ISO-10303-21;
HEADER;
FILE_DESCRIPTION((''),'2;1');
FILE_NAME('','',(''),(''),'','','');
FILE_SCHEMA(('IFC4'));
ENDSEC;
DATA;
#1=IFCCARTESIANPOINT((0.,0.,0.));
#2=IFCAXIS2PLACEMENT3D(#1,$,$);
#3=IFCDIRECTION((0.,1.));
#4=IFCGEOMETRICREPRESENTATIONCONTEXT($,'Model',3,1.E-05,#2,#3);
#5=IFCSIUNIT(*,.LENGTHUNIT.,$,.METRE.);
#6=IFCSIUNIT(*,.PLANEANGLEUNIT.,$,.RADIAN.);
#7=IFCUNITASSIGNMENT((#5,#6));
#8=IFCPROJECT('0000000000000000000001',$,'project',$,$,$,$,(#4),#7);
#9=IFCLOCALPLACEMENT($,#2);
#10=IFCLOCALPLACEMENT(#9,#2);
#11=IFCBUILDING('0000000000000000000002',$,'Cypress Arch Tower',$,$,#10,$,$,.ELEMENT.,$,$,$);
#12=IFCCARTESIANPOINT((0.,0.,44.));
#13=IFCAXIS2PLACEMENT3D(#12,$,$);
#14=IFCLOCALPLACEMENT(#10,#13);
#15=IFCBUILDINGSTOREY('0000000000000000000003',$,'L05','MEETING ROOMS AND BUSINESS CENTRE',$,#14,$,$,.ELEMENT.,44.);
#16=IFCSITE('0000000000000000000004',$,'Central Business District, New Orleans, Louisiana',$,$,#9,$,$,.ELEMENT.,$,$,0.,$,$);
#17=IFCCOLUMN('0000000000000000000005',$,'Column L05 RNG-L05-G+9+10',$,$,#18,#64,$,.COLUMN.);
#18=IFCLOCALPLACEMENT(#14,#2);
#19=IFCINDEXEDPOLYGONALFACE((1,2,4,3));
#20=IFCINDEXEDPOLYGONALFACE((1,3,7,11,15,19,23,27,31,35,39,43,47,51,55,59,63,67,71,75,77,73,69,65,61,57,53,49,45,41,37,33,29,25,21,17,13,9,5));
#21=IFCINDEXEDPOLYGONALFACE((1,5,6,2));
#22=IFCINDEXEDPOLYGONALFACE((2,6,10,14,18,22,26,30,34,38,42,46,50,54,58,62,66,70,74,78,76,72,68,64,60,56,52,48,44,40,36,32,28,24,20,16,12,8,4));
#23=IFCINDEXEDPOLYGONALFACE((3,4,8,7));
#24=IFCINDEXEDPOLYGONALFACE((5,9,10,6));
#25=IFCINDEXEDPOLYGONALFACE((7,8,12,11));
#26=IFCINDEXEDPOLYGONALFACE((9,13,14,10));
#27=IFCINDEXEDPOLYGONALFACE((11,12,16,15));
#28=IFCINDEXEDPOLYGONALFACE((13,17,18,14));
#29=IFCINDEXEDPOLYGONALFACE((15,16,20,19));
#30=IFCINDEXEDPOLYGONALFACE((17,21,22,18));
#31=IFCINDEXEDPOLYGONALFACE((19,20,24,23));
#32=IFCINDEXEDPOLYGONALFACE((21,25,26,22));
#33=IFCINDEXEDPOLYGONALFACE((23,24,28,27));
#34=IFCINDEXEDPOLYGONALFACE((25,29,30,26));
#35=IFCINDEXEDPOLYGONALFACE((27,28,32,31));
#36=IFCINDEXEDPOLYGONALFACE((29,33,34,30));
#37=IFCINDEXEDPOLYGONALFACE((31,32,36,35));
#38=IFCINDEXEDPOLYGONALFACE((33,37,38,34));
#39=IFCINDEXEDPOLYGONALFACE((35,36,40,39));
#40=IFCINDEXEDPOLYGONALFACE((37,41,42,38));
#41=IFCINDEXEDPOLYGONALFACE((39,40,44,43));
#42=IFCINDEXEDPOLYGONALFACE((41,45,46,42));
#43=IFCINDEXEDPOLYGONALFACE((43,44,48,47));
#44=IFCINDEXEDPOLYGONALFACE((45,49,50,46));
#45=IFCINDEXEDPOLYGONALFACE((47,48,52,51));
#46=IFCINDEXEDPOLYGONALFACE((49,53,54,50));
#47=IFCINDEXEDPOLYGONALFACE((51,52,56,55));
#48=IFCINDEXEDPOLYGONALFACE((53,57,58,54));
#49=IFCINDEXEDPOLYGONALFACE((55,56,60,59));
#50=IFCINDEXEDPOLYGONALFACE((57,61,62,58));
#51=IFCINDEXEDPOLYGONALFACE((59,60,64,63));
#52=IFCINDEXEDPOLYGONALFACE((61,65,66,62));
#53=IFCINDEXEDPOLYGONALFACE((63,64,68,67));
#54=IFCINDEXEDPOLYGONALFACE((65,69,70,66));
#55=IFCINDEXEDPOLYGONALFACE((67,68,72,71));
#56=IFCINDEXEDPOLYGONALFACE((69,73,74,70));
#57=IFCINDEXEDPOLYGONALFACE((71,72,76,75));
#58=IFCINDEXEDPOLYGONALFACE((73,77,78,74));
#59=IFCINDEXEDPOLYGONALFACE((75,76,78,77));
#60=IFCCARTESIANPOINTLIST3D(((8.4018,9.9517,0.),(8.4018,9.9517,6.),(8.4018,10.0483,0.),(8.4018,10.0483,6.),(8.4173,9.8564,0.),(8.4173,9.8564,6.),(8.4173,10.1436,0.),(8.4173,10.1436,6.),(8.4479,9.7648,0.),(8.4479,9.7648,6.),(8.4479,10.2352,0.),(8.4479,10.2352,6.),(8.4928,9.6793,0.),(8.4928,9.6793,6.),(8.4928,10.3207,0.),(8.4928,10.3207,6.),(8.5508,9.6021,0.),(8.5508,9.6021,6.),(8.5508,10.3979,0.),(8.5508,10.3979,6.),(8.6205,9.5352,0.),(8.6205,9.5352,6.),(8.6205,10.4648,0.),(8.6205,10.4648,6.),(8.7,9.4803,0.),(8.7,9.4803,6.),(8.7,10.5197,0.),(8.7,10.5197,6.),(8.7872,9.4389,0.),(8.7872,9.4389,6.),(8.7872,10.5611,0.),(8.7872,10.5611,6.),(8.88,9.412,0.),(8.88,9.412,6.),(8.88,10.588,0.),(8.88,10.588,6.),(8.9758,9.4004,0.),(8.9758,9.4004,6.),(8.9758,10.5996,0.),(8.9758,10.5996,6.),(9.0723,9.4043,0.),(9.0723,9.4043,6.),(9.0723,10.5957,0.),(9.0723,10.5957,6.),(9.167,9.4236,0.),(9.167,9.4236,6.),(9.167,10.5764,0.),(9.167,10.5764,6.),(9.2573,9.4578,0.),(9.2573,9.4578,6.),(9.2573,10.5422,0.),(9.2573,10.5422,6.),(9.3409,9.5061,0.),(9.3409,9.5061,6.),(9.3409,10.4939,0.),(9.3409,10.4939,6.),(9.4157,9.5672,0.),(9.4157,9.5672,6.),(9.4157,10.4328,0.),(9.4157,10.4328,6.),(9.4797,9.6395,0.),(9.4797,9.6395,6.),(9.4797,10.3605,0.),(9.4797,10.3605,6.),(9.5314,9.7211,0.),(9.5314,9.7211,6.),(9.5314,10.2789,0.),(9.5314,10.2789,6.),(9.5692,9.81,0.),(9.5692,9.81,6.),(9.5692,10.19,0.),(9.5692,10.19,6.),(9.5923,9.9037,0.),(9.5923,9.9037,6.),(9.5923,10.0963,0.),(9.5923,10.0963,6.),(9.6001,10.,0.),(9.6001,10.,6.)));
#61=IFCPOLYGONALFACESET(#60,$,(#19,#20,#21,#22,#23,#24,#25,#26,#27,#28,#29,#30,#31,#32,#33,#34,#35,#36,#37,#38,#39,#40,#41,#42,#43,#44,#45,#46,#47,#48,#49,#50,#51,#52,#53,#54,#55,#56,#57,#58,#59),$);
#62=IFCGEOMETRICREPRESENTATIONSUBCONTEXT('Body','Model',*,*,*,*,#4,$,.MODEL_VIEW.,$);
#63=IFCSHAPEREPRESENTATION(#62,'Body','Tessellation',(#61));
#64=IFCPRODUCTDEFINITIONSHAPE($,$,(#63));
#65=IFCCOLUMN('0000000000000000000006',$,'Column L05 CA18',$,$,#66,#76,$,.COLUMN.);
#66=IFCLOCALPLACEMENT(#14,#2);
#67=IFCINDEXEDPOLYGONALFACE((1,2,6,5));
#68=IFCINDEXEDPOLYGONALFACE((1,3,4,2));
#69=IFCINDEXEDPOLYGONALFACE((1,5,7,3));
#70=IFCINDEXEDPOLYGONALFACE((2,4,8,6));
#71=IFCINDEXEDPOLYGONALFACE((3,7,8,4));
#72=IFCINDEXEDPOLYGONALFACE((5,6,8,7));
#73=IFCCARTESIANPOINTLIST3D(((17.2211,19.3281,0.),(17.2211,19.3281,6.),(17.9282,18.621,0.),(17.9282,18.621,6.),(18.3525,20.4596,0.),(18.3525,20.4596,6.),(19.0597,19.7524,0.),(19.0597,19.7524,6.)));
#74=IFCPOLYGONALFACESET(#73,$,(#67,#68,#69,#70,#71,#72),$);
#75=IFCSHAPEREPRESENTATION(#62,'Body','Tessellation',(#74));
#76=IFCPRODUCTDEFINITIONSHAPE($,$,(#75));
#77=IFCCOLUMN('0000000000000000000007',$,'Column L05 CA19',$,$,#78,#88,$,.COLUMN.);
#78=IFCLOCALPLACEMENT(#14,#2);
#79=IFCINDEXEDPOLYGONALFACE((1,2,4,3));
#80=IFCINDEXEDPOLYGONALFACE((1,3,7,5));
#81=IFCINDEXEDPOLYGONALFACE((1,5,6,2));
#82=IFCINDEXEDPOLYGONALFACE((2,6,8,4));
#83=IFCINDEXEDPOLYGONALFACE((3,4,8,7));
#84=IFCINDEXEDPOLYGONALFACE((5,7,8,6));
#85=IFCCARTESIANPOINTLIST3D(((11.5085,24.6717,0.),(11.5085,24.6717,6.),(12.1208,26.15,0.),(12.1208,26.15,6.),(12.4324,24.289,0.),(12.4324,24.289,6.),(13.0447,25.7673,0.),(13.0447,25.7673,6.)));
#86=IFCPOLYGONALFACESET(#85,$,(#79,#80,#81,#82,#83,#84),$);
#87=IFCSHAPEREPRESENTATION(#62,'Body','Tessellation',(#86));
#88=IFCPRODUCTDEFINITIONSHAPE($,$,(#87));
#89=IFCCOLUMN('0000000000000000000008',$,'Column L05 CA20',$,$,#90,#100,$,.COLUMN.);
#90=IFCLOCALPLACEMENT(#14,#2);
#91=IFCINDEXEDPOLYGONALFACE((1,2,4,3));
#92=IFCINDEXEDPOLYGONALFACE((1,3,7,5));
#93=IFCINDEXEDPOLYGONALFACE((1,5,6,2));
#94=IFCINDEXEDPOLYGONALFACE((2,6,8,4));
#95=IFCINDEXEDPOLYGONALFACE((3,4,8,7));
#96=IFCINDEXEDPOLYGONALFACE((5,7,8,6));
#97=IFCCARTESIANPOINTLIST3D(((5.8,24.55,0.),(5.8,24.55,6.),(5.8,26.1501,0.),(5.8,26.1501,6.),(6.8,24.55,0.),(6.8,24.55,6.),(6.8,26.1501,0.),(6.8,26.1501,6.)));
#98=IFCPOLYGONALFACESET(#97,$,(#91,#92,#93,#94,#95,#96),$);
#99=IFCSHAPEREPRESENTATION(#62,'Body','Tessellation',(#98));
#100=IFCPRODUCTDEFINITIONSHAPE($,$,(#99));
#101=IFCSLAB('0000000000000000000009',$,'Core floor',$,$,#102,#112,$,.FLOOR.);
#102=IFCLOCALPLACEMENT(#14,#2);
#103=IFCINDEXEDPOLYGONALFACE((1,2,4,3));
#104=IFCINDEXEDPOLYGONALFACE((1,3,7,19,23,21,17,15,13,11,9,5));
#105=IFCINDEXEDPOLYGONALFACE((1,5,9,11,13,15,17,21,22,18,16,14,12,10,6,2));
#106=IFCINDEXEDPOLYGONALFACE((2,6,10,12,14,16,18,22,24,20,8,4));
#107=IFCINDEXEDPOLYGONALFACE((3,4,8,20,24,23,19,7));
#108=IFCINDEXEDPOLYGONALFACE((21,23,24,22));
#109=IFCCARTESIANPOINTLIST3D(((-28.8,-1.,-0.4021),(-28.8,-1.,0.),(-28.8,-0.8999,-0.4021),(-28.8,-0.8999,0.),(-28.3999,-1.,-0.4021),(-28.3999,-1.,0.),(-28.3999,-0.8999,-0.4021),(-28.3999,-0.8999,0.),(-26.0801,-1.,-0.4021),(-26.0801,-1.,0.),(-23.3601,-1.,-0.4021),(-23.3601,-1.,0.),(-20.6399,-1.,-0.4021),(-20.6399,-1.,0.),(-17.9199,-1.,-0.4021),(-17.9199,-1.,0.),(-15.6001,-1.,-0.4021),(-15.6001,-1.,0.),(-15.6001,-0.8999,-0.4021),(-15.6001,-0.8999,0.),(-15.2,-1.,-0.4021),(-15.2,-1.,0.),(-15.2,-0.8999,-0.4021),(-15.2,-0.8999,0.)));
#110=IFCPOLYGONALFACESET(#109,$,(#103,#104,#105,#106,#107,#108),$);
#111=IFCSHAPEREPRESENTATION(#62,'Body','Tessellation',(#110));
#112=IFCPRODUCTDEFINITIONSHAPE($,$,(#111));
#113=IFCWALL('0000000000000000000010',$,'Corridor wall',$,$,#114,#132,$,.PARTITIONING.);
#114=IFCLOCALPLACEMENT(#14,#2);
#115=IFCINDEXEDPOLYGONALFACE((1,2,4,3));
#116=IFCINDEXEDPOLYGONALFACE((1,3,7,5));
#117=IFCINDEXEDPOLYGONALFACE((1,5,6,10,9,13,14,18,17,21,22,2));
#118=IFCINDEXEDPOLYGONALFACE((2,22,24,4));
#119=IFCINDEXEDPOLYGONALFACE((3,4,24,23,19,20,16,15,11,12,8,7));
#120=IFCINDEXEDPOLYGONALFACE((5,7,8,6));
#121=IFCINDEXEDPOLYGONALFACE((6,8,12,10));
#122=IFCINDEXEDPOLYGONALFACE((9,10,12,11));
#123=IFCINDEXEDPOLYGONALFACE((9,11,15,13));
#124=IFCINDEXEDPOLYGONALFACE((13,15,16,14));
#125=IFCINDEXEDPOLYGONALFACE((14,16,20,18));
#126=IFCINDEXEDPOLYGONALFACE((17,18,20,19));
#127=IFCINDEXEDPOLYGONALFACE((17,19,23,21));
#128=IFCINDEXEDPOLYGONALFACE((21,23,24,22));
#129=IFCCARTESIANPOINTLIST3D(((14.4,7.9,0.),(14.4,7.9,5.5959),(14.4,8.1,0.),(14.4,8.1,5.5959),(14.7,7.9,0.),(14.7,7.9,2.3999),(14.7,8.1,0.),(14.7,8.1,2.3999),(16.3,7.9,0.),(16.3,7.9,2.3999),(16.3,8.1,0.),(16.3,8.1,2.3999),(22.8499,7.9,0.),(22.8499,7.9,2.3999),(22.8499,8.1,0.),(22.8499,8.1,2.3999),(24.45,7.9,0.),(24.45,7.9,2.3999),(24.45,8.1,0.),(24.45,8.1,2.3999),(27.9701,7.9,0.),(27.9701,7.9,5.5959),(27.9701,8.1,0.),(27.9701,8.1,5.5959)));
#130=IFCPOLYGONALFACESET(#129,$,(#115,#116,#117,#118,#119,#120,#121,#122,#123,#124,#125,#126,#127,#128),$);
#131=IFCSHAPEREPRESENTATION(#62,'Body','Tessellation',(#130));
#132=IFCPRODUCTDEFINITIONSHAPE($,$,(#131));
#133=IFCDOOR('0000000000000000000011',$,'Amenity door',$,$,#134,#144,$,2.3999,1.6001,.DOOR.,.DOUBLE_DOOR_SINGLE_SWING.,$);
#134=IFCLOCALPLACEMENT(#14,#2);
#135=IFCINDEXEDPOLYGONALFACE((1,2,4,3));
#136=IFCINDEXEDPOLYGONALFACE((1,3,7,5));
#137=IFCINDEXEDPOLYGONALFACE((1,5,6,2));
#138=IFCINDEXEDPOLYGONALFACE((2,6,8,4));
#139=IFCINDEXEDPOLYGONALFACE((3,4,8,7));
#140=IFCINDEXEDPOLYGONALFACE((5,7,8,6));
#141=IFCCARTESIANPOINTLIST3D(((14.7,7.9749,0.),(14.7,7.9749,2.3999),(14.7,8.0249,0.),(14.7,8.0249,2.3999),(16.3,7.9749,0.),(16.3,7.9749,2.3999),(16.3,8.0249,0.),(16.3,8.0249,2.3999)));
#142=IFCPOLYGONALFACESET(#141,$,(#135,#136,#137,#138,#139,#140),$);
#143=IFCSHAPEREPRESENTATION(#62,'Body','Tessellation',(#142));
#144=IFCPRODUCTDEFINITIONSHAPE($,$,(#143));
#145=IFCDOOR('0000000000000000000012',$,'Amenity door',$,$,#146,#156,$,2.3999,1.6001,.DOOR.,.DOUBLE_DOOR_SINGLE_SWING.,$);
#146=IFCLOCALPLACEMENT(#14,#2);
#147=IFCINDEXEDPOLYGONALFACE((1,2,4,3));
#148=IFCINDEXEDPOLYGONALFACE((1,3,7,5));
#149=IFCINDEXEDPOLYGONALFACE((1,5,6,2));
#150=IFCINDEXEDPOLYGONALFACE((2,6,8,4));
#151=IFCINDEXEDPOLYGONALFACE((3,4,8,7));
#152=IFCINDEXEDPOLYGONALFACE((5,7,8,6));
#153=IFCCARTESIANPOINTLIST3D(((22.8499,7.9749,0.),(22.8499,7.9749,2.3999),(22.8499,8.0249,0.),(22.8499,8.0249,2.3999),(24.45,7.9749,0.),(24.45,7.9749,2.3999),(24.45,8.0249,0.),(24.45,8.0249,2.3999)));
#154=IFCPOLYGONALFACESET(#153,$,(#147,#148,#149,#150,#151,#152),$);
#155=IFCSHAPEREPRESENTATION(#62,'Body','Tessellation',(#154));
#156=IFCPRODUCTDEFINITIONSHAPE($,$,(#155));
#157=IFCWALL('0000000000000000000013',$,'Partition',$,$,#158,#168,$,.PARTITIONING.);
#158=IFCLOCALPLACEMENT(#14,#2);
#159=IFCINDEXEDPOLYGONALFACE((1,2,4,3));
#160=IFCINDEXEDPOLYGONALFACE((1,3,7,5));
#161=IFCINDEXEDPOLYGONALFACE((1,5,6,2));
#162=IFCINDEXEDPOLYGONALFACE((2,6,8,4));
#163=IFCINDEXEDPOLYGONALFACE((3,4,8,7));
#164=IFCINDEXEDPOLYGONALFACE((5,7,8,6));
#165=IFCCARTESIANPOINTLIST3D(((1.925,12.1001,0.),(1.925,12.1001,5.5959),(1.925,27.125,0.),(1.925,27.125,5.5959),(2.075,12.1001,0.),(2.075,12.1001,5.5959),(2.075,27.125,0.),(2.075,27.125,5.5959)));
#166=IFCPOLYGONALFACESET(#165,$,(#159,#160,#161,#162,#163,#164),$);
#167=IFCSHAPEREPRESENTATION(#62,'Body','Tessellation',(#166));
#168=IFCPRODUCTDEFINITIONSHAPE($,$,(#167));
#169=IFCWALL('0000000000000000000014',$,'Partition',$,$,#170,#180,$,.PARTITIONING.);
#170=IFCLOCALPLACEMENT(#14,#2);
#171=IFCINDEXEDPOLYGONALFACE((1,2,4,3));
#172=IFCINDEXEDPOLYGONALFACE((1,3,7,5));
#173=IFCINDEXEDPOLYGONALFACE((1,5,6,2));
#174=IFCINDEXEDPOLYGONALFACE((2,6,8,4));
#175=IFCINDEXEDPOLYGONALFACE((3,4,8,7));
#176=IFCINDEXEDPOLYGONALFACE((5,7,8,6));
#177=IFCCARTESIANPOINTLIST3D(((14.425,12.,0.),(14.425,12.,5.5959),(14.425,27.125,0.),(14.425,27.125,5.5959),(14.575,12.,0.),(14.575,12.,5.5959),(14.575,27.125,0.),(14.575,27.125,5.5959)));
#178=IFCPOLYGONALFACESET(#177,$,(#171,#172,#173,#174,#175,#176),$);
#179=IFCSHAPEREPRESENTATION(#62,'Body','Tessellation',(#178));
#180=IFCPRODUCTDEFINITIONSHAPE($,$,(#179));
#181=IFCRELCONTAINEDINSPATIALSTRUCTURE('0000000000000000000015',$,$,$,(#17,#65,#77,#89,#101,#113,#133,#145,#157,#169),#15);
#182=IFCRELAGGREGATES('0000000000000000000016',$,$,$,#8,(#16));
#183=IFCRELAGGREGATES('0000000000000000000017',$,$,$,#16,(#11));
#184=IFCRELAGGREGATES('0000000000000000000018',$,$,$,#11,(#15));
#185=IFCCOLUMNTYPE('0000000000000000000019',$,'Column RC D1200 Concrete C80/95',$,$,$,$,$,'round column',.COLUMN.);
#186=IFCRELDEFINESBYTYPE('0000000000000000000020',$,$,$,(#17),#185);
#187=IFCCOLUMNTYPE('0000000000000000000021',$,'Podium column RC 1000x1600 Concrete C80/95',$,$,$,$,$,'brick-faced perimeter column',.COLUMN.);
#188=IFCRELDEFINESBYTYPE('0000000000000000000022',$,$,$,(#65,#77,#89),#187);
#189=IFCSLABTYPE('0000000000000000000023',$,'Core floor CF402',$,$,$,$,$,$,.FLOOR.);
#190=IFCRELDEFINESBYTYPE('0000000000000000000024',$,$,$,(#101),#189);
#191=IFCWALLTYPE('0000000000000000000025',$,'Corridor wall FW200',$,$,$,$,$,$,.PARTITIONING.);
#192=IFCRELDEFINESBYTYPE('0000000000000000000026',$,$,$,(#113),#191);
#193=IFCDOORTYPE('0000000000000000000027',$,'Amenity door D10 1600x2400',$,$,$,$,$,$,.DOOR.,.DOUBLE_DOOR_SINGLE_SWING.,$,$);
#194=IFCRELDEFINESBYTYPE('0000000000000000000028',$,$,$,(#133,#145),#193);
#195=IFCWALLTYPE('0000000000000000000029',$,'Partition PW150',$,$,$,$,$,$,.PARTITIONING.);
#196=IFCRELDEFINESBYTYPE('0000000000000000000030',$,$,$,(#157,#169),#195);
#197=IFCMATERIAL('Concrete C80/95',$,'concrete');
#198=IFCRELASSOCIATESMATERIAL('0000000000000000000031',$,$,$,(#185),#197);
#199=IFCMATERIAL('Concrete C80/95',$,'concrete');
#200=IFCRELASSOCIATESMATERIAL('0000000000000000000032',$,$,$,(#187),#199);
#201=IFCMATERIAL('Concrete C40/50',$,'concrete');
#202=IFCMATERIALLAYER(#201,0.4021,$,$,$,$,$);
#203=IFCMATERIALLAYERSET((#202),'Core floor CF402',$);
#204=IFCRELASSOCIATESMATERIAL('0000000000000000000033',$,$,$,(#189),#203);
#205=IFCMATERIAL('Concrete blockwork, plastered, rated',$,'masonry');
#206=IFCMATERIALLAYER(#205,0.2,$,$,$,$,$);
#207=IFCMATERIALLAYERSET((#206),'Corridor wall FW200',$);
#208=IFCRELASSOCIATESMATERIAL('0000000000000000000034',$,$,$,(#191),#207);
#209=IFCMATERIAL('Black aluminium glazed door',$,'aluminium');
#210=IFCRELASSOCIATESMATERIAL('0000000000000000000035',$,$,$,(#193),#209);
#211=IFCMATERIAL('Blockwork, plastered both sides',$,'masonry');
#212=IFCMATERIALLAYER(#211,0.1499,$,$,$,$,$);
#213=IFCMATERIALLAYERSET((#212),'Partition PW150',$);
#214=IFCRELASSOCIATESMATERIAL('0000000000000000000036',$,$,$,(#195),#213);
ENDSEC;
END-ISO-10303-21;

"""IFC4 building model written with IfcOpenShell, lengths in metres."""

from ifc_helpers import new_model, si_unit, direction, frame, frame_2d, origin, origin_2d, place, context, subcontext, project, spatial, polyline, rectangle, circle, outline, extrude, material, layer, layer_set, material_profile, profile_set, type_object, element, fill, save


model = new_model("IFC4")

# Units and contexts
model_context = context("Model", 3, precision=1e-05, world=origin(), true_north=direction((0.0, 1.0)))
body_context = subcontext(model_context, "Body", "Model", "MODEL_VIEW")
ifc_project = project(units=[si_unit("LENGTHUNIT", "METRE"), si_unit("PLANEANGLEUNIT", "RADIAN")], contexts=[model_context])

# Site, building, storey
site_placement = place(None, origin())
site = spatial("IfcSite", under=ifc_project, at=site_placement, Name="Central Business District, New Orleans, Louisiana", CompositionType="ELEMENT", RefElevation=0.0)
building_placement = place(site_placement, origin())
building = spatial("IfcBuilding", under=site, at=building_placement, Name="Cypress Arch Tower", CompositionType="ELEMENT")
storey_placement = place(building_placement, frame((0.0, 0.0, 44.0)))
storey = spatial("IfcBuildingStorey", under=building, at=storey_placement, Name="L05", Description="MEETING ROOMS AND BUSINESS CENTRE", CompositionType="ELEMENT", Elevation=44.0)

# Columns
ifc_material_1 = material(Name="Concrete C80/95", Category="concrete")
ifc_material_profile_1 = material_profile(ifc_material_1, circle(Radius=0.6001, at=origin_2d()), Name="RC D1200")
ifc_profile_set_1 = profile_set([ifc_material_profile_1], Name="Concrete C80/95")
column_type_1 = type_object("IfcColumnType", Name="Column RC D1200 Concrete C80/95", ElementType="round column", PredefinedType="COLUMN", material=ifc_profile_set_1)
for number, where, z_axis, x_axis, name in (
    (1, (9.0, 10.0, 0.0), (0.0, 0.0, 1.0), (1.0, 0.0, 0.0), "Column L05 RNG-L05-G+9+10"),
):
    element("IfcColumn", number, at=place(storey_placement, frame(where, z_axis=z_axis, x_axis=x_axis)), inside=storey, type_object=column_type_1, Name=name, PredefinedType="COLUMN", context=body_context, shape_type="SweptSolid", body=[
        extrude(circle(Radius=0.6001, at=origin_2d()), origin(), (0.0, 0.0, 1.0), 6.0),
    ])
ifc_material_2 = material(Name="Concrete C80/95", Category="concrete")
ifc_material_profile_2 = material_profile(ifc_material_2, rectangle(XDim=1.0, YDim=1.6001, at=origin_2d()), Name="RC 1000x1600")
ifc_profile_set_2 = profile_set([ifc_material_profile_2], Name="Concrete C80/95")
column_type_2 = type_object("IfcColumnType", Name="Podium column RC 1000x1600 Concrete C80/95", ElementType="brick-faced perimeter column", PredefinedType="COLUMN", material=ifc_profile_set_2)
for number, where, z_axis, x_axis, name in (
    (2, (18.1404, 19.5403, 0.0), (0.0, 0.0, 1.0), (-0.707107, 0.707107, 0.0), "Column L05 CA18"),
    (3, (12.2766, 25.2195, 0.0), (0.0, 0.0, 1.0), (-0.92388, 0.382683, 0.0), "Column L05 CA19"),
    (4, (6.3, 25.3501, 0.0), (0.0, 0.0, 1.0), (-1.0, 0.0, 0.0), "Column L05 CA20"),
):
    element("IfcColumn", number, at=place(storey_placement, frame(where, z_axis=z_axis, x_axis=x_axis)), inside=storey, type_object=column_type_2, Name=name, PredefinedType="COLUMN", context=body_context, shape_type="SweptSolid", body=[
        extrude(rectangle(XDim=1.0, YDim=1.6001, at=origin_2d()), origin(), (0.0, 0.0, 1.0), 6.0),
    ])

# Slab
ifc_material_3 = material(Name="Concrete C40/50", Category="concrete")
ifc_layer_1 = layer(ifc_material_3, 0.4021)
ifc_layer_set_1 = layer_set([ifc_layer_1], Name="Core floor CF402")
slab_type = type_object("IfcSlabType", Name="Core floor CF402", PredefinedType="FLOOR", material=ifc_layer_set_1)
slab_placement = place(storey_placement, frame((0.0, 0.0, -0.4021)))
element("IfcSlab", 5, at=slab_placement, inside=storey, type_object=slab_type, Name="Core floor", PredefinedType="FLOOR", context=body_context, shape_type="SweptSolid", body=[
    extrude(outline(polyline([(-20.6399, -1.0), (-23.3601, -1.0), (-26.0801, -1.0), (-28.3999, -1.0), (-28.8, -1.0), (-28.8, -0.8999), (-28.3999, -0.8999), (-15.6001, -0.8999), (-15.2, -0.8999), (-15.2, -1.0), (-15.6001, -1.0), (-17.9199, -1.0), (-20.6399, -1.0)])), origin(), (0.0, 0.0, 1.0), 0.4021),
])

# Shared definitions
ifc_material_4 = material(Name="Concrete blockwork, plastered, rated", Category="masonry")
ifc_layer_2 = layer(ifc_material_4, 0.2)
ifc_layer_set_2 = layer_set([ifc_layer_2], Name="Corridor wall FW200")
wall_type_1 = type_object("IfcWallType", Name="Corridor wall FW200", PredefinedType="PARTITIONING", material=ifc_layer_set_2)
ifc_material_5 = material(Name="Black aluminium glazed door", Category="aluminium")
door_type = type_object("IfcDoorType", Name="Amenity door D10 1600x2400", OperationType="DOUBLE_DOOR_SINGLE_SWING", PredefinedType="DOOR", material=ifc_material_5)

# Wall, openings, doors
wall_1_placement = place(storey_placement, frame((14.3999, 8.0, 0.0), z_axis=(0.0, 0.0, 1.0), x_axis=(1.0, 0.0, 0.0)))
wall_1 = element("IfcWall", 6, at=wall_1_placement, inside=storey, type_object=wall_type_1, Name="Corridor wall", PredefinedType="PARTITIONING", context=body_context, shape_type="SweptSolid", body=[
    extrude(rectangle(XDim=13.5701, YDim=0.2, at=frame_2d((6.7852, 0.0))), origin(), (0.0, 0.0, 1.0), 5.5959),
])
opening_1_placement = place(wall_1_placement, frame((0.3, 0.0, 0.0)))
opening_1 = element("IfcOpeningElement", 7, at=opening_1_placement, cuts=wall_1, PredefinedType="OPENING", context=body_context, shape_type="SweptSolid", body=[
    extrude(rectangle(XDim=1.6001, YDim=2.3999, at=frame_2d((0.8, 1.2))), frame((0.0, 0.1099, 0.0), z_axis=(0.0, -1.0, 0.0), x_axis=(1.0, 0.0, 0.0)), (0.0, 0.0, 1.0), 0.22),
])
opening_2_placement = place(wall_1_placement, frame((8.45, 0.0, 0.0)))
opening_2 = element("IfcOpeningElement", 8, at=opening_2_placement, cuts=wall_1, PredefinedType="OPENING", context=body_context, shape_type="SweptSolid", body=[
    extrude(rectangle(XDim=1.6001, YDim=2.3999, at=frame_2d((0.8, 1.2))), frame((0.0, 0.1099, 0.0), z_axis=(0.0, -1.0, 0.0), x_axis=(1.0, 0.0, 0.0)), (0.0, 0.0, 1.0), 0.22),
])
door_1_placement = place(opening_1_placement, origin())
door_1 = element("IfcDoor", 9, at=door_1_placement, inside=storey, type_object=door_type, Name="Amenity door", OperationType="DOUBLE_DOOR_SINGLE_SWING", OverallHeight=2.3999, OverallWidth=1.6001, PredefinedType="DOOR", context=body_context, shape_type="SweptSolid", body=[
    extrude(rectangle(XDim=1.6001, YDim=2.3999, at=frame_2d((0.8, 1.2))), frame((0.0, 0.0249, 0.0), z_axis=(0.0, -1.0, 0.0), x_axis=(1.0, 0.0, 0.0)), (0.0, 0.0, 1.0), 0.05),
])
fill(opening_1, door_1)
door_2_placement = place(opening_2_placement, origin())
door_2 = element("IfcDoor", 10, at=door_2_placement, inside=storey, type_object=door_type, Name="Amenity door", OperationType="DOUBLE_DOOR_SINGLE_SWING", OverallHeight=2.3999, OverallWidth=1.6001, PredefinedType="DOOR", context=body_context, shape_type="SweptSolid", body=[
    extrude(rectangle(XDim=1.6001, YDim=2.3999, at=frame_2d((0.8, 1.2))), frame((0.0, 0.0249, 0.0), z_axis=(0.0, -1.0, 0.0), x_axis=(1.0, 0.0, 0.0)), (0.0, 0.0, 1.0), 0.05),
])
fill(opening_2, door_2)

# Walls
ifc_material_6 = material(Name="Blockwork, plastered both sides", Category="masonry")
ifc_layer_3 = layer(ifc_material_6, 0.1499)
ifc_layer_set_3 = layer_set([ifc_layer_3], Name="Partition PW150")
wall_type_2 = type_object("IfcWallType", Name="Partition PW150", PredefinedType="PARTITIONING", material=ifc_layer_set_3)
wall_2_placement = place(storey_placement, frame((2.0, 12.1001, 0.0), z_axis=(0.0, 0.0, 1.0), x_axis=(0.0, 1.0, 0.0)))
element("IfcWall", 11, at=wall_2_placement, inside=storey, type_object=wall_type_2, Name="Partition", PredefinedType="PARTITIONING", context=body_context, shape_type="SweptSolid", body=[
    extrude(rectangle(XDim=15.0249, YDim=0.1499, at=frame_2d((7.5125, 0.0))), origin(), (0.0, 0.0, 1.0), 5.5959),
])
wall_3_placement = place(storey_placement, frame((14.5, 12.0, 0.0), z_axis=(0.0, 0.0, 1.0), x_axis=(0.0, 1.0, 0.0)))
element("IfcWall", 12, at=wall_3_placement, inside=storey, type_object=wall_type_2, Name="Partition", PredefinedType="PARTITIONING", context=body_context, shape_type="SweptSolid", body=[
    extrude(rectangle(XDim=15.125, YDim=0.1499, at=frame_2d((7.5625, 0.0))), origin(), (0.0, 0.0, 1.0), 5.5959),
])

save(model, "model.ifc")
